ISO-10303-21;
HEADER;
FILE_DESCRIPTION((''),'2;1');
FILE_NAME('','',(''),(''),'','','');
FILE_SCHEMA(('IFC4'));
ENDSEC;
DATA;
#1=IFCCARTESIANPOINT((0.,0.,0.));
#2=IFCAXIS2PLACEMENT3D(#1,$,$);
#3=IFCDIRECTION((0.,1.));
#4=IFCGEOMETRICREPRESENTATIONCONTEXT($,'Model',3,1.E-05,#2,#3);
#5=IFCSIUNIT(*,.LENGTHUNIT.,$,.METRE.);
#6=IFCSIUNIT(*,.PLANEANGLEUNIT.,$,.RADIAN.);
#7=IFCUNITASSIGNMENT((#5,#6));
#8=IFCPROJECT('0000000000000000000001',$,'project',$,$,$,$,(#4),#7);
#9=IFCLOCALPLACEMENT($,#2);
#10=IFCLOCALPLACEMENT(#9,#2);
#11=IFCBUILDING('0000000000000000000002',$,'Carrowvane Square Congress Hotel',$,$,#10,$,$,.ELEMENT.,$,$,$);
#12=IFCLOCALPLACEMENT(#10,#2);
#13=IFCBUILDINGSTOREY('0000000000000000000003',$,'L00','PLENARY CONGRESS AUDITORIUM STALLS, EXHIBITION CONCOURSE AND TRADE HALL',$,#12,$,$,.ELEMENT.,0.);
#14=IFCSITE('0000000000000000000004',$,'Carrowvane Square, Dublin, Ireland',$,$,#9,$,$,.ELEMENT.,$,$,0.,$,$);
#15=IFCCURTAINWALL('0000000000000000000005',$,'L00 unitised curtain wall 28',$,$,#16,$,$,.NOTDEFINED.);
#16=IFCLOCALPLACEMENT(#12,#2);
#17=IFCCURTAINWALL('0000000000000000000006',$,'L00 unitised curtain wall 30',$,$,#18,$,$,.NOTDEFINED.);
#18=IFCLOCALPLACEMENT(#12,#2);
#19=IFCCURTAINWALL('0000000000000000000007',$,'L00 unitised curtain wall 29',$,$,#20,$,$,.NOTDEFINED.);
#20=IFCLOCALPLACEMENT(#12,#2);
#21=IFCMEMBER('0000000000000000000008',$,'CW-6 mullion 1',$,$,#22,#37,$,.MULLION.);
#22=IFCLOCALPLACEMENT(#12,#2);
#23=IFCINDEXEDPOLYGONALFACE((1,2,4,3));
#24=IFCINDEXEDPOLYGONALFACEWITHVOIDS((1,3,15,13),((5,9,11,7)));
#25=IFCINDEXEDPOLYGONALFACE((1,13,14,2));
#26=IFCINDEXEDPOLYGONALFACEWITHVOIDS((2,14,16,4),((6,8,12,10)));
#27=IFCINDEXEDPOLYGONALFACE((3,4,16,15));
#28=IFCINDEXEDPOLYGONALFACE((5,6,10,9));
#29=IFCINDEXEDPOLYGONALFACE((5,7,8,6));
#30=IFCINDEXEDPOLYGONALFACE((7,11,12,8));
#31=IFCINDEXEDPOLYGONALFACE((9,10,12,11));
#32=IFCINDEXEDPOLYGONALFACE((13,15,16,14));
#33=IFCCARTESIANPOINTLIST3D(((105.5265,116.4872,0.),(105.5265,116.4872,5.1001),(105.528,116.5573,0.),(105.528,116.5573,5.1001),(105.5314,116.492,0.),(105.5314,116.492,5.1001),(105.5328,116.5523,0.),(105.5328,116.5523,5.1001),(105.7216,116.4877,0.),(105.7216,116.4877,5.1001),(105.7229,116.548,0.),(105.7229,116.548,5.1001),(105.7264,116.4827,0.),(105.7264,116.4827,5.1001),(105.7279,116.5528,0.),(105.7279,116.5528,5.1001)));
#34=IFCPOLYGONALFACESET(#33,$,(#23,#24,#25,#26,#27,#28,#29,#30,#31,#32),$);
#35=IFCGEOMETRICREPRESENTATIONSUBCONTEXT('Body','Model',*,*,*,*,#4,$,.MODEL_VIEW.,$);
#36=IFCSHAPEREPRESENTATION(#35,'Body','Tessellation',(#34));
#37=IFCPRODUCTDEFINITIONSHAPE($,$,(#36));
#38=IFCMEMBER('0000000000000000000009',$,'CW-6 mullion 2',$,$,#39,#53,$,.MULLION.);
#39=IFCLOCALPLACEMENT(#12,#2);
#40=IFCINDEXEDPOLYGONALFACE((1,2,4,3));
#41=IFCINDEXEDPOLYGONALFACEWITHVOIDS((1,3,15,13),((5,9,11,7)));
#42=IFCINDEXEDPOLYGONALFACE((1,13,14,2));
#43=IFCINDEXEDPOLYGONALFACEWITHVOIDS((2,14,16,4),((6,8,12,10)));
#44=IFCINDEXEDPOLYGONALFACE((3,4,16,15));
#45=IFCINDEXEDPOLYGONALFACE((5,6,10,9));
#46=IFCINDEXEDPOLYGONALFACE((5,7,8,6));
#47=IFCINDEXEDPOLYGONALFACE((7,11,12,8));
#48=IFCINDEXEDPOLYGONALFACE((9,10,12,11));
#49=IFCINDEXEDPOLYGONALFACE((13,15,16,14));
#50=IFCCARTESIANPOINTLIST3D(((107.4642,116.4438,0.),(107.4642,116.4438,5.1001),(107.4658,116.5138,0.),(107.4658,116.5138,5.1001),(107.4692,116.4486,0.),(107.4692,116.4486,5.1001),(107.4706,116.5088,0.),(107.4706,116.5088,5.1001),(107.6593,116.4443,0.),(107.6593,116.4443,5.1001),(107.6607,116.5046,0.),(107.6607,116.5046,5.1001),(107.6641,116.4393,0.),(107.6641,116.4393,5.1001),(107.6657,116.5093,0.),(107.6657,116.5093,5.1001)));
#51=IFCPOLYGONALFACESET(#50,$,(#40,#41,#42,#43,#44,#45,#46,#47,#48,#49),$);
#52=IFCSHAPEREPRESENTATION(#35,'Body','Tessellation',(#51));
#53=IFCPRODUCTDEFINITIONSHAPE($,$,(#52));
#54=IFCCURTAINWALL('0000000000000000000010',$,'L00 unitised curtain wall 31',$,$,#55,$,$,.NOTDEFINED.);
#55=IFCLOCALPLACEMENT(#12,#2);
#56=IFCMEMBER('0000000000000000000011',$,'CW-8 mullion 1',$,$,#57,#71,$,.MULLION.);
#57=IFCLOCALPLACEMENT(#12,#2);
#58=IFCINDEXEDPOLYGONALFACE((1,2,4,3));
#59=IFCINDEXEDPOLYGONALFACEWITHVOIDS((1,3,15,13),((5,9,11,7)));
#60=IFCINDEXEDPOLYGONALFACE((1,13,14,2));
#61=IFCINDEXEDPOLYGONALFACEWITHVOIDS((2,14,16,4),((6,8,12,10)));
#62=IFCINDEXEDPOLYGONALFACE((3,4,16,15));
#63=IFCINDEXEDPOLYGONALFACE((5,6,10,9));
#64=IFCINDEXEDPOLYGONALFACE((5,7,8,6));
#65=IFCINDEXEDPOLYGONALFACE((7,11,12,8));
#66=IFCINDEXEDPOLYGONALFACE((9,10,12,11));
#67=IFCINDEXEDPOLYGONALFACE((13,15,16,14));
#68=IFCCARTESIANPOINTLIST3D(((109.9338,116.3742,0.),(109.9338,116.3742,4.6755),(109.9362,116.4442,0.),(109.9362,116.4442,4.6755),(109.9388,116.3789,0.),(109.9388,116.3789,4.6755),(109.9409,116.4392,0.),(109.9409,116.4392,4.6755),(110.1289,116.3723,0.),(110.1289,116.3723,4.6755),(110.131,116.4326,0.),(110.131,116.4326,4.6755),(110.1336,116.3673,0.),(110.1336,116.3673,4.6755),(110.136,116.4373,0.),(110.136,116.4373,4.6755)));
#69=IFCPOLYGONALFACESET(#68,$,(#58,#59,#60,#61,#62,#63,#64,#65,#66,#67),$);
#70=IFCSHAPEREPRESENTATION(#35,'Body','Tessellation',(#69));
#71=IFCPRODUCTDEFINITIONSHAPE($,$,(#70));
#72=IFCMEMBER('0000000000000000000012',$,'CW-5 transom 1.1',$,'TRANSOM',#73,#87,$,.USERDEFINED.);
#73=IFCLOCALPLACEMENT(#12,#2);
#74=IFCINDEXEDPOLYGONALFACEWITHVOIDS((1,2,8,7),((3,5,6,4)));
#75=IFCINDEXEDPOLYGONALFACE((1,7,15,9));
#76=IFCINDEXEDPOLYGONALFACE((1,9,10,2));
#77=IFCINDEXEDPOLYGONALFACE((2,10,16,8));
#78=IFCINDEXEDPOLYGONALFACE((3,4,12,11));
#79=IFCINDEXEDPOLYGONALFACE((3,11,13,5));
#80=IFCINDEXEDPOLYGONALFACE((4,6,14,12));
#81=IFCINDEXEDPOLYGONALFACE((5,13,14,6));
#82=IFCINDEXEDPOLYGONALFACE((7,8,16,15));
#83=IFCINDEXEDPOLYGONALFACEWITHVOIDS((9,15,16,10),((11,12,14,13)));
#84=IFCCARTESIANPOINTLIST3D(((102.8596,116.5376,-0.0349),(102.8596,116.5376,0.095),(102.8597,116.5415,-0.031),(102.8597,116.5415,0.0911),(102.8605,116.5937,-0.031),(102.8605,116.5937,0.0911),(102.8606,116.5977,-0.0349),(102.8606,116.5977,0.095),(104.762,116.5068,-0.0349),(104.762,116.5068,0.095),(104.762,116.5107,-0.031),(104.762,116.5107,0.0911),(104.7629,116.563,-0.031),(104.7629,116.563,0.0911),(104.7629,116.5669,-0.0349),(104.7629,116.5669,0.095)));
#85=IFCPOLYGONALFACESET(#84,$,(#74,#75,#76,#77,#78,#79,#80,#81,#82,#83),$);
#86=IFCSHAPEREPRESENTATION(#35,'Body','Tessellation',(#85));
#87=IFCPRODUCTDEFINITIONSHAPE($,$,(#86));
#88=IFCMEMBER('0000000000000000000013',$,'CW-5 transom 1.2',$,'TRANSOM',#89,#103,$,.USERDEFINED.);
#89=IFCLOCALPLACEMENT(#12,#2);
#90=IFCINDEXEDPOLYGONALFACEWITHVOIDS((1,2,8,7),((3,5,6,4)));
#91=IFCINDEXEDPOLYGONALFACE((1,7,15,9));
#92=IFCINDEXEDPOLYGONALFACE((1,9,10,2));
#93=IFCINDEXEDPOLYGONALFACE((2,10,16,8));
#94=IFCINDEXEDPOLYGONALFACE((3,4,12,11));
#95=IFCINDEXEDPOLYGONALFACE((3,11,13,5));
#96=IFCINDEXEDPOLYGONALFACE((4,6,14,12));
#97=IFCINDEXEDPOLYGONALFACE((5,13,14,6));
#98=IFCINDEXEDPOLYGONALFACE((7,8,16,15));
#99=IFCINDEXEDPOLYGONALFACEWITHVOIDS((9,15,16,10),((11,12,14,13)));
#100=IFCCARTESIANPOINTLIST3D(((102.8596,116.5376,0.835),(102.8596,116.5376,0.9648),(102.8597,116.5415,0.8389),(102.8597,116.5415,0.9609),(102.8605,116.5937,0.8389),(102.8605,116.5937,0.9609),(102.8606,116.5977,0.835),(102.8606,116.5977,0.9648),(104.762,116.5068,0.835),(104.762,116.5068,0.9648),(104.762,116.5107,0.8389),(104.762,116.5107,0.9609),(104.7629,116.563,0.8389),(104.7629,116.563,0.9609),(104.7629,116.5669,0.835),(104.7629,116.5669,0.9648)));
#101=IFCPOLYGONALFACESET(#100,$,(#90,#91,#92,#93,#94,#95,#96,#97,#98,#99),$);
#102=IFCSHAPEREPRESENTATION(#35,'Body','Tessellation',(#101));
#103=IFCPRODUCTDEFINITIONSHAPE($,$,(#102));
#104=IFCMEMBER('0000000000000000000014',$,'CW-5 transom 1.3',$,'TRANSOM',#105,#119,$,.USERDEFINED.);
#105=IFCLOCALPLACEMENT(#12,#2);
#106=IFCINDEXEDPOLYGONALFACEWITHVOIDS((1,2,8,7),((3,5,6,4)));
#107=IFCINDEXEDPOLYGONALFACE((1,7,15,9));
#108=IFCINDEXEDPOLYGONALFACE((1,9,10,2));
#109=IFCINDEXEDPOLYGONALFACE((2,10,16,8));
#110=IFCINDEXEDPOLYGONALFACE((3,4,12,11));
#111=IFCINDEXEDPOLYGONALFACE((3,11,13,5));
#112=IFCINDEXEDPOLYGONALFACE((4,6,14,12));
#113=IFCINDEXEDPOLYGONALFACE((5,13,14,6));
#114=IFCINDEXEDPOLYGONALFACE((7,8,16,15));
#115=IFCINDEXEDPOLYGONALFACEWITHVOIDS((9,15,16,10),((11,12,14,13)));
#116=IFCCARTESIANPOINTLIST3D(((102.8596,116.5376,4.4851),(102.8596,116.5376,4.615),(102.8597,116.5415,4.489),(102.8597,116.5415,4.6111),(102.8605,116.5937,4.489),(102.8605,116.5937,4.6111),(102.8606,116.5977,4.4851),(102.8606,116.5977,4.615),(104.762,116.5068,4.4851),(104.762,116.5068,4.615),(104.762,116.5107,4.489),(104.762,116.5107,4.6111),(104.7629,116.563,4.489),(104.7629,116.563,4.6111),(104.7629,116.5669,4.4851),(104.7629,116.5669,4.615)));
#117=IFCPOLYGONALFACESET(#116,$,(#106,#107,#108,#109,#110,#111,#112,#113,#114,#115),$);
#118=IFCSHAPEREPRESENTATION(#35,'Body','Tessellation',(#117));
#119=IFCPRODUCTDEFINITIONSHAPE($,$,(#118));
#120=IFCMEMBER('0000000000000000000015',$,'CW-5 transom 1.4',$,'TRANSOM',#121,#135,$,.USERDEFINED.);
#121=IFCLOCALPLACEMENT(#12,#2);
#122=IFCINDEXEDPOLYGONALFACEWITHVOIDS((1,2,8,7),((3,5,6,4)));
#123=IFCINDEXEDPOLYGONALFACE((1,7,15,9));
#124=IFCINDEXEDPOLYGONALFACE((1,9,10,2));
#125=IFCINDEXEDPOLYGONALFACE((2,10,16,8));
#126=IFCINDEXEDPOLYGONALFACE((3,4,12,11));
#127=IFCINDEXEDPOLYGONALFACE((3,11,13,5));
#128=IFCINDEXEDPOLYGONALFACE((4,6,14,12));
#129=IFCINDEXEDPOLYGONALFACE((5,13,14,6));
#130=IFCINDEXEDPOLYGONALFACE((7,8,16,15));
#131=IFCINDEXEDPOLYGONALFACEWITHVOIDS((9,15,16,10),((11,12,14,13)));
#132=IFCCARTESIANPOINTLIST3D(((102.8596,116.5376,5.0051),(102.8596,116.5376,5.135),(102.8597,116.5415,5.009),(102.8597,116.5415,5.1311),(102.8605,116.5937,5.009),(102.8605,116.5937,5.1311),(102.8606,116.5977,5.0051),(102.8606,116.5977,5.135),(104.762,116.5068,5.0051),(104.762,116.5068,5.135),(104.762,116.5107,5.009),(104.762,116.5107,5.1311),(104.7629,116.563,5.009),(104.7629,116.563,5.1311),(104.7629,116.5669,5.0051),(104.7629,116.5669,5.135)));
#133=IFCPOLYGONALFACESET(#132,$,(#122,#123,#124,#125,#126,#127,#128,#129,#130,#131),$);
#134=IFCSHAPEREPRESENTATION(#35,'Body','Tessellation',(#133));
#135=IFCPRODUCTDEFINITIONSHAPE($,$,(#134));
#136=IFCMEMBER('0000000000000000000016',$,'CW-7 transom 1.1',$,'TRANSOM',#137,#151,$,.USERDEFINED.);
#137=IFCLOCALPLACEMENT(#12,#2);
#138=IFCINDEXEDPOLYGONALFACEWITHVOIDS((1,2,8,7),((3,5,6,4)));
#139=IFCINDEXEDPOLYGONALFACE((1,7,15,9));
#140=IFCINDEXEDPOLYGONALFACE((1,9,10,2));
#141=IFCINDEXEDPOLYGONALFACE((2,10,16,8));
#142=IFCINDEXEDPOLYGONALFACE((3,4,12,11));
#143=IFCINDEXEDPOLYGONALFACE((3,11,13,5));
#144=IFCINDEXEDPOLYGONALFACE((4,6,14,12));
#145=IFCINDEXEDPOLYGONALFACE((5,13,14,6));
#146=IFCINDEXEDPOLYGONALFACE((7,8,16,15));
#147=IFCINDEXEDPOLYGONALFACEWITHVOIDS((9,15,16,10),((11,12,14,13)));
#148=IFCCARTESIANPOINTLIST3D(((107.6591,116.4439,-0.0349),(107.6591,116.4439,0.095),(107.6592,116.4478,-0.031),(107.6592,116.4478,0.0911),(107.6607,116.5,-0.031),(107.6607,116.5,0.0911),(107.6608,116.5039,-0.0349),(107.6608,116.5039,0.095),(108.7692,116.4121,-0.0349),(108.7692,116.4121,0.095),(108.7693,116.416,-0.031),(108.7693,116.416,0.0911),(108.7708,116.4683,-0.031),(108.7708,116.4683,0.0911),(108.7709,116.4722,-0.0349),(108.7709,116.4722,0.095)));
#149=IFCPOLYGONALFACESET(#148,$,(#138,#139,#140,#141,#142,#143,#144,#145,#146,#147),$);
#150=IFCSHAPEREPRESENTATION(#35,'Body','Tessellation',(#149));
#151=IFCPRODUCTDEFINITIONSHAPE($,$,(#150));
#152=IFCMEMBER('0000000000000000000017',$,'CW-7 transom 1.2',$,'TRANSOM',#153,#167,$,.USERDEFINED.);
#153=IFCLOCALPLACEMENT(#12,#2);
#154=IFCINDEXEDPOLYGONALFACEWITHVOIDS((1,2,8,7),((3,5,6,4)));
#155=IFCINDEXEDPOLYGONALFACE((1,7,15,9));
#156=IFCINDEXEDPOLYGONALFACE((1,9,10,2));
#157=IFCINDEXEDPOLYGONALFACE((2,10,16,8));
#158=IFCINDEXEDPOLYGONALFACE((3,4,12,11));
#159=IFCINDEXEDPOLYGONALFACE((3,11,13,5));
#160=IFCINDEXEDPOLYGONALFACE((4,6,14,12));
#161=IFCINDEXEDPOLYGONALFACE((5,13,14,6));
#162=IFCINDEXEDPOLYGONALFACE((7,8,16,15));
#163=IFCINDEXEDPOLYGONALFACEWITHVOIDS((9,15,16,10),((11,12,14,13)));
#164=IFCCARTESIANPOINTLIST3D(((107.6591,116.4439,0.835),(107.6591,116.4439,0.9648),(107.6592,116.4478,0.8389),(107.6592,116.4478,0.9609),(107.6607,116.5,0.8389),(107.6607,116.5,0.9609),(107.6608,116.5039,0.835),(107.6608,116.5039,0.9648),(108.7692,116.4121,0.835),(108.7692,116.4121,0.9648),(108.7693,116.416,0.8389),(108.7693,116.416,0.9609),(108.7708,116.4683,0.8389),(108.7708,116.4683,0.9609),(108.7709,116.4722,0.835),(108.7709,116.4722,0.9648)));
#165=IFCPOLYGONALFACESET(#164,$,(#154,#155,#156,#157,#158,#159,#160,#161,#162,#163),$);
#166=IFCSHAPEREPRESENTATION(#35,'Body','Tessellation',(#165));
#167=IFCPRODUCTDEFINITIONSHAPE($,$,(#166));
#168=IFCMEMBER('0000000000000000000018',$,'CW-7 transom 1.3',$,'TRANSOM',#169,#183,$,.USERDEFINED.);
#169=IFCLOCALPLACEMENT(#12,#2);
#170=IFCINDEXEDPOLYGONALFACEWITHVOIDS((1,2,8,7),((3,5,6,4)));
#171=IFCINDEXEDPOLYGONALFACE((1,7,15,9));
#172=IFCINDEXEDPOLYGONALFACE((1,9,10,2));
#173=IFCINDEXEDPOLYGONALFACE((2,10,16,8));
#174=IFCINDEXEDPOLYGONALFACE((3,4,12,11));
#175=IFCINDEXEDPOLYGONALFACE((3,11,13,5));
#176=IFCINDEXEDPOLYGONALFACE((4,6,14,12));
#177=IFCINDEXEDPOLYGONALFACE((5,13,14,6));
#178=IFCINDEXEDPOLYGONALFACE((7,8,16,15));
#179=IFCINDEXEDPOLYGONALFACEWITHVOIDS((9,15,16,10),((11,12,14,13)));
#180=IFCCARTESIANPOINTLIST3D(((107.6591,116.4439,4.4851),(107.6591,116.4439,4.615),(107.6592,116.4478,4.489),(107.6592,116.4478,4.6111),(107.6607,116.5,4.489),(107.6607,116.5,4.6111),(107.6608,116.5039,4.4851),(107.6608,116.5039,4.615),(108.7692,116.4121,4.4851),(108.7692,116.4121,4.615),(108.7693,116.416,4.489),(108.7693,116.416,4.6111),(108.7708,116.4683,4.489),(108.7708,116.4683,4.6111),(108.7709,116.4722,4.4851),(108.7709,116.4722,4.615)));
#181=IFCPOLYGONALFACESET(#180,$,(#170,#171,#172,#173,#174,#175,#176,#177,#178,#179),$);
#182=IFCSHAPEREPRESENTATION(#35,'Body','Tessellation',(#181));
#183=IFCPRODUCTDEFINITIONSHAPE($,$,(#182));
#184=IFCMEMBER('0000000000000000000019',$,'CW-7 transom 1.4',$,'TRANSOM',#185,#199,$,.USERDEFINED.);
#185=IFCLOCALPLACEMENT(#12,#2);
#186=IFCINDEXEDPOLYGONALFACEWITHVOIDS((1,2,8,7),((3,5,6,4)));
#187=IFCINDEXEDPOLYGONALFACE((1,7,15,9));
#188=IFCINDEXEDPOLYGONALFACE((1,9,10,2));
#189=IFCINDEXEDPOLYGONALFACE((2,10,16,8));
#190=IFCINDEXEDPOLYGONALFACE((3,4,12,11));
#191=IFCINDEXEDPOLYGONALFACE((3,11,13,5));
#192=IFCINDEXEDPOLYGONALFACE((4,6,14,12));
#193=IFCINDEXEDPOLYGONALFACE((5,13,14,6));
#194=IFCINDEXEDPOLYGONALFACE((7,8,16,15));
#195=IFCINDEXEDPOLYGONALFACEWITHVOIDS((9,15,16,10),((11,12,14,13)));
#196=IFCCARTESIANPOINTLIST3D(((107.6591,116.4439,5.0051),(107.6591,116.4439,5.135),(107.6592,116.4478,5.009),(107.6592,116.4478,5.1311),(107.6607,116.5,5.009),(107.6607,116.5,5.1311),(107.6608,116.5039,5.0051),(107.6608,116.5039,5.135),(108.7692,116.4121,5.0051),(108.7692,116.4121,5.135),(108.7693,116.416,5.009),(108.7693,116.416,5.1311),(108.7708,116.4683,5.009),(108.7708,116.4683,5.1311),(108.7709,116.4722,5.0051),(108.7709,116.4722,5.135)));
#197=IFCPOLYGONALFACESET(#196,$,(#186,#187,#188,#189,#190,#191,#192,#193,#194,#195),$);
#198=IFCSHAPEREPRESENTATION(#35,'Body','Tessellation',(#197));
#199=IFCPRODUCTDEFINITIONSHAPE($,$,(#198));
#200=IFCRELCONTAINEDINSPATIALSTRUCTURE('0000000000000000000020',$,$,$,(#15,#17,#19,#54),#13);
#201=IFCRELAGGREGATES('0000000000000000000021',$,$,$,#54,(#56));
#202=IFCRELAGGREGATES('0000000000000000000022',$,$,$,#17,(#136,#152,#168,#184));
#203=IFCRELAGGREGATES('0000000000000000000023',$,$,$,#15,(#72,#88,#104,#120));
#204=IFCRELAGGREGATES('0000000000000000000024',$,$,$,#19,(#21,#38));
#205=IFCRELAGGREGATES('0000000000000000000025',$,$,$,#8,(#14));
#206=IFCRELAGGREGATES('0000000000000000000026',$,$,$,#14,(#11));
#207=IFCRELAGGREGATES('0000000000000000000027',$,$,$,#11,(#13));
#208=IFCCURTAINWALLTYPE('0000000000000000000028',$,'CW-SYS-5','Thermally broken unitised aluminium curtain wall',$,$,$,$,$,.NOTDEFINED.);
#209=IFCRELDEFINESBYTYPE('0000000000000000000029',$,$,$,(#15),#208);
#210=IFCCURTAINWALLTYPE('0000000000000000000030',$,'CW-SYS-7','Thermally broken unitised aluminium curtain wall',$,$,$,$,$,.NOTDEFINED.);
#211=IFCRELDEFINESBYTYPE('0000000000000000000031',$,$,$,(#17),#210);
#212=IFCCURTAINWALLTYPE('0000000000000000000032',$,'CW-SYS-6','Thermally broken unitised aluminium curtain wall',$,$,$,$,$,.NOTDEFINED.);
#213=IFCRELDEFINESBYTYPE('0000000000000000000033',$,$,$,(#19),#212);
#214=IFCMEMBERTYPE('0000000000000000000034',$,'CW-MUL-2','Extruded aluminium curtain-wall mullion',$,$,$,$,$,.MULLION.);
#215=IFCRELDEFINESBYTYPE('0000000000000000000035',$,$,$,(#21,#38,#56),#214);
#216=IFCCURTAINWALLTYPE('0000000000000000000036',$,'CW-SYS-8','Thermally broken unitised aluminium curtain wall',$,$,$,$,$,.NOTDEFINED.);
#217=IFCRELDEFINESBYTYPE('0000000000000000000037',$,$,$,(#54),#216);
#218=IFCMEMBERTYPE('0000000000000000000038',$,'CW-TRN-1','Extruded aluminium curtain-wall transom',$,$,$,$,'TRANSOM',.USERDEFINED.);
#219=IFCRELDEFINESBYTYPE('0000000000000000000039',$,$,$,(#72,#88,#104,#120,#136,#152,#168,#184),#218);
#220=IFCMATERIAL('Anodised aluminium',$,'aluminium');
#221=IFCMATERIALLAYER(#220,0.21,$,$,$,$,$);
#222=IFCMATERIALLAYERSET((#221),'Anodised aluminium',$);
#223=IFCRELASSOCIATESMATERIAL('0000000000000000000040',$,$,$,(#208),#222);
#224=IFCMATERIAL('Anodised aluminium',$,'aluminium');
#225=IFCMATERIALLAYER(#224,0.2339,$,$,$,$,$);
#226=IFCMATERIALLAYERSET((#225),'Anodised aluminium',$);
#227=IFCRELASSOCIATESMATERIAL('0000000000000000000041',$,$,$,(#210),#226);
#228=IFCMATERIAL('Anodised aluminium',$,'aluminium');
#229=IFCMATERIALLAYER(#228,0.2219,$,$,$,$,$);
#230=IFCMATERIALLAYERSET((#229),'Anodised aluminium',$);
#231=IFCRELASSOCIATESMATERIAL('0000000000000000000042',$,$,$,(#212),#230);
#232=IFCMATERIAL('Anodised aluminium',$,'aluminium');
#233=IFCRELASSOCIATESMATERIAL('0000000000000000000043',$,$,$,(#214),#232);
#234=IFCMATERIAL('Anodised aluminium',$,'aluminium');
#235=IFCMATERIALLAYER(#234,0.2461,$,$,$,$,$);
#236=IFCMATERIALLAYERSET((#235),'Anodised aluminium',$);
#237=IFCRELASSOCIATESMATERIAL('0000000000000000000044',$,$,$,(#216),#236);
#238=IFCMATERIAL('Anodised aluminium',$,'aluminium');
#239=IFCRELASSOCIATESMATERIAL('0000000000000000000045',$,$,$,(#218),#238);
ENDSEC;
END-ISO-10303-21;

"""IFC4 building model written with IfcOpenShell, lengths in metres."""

from ifc_helpers import new_model, si_unit, direction, frame, origin, origin_2d, place, context, subcontext, project, spatial, hollow_rectangle, extrude, material, layer, layer_set, material_profile, profile_set, type_object, element, aggregate, save


model = new_model("IFC4")

# Units and contexts
model_context = context("Model", 3, precision=1e-05, world=origin(), true_north=direction((0.0, 1.0)))
body_context = subcontext(model_context, "Body", "Model", "MODEL_VIEW")
ifc_project = project(units=[si_unit("LENGTHUNIT", "METRE"), si_unit("PLANEANGLEUNIT", "RADIAN")], contexts=[model_context])

# Site, building, storey
site_placement = place(None, origin())
site = spatial("IfcSite", under=ifc_project, at=site_placement, Name="Carrowvane Square, Dublin, Ireland", CompositionType="ELEMENT", RefElevation=0.0)
building_placement = place(site_placement, origin())
building = spatial("IfcBuilding", under=site, at=building_placement, Name="Carrowvane Square Congress Hotel", CompositionType="ELEMENT")
storey_placement = place(building_placement, origin())
storey = spatial("IfcBuildingStorey", under=building, at=storey_placement, Name="L00", Description="PLENARY CONGRESS AUDITORIUM STALLS, EXHIBITION CONCOURSE AND TRADE HALL", CompositionType="ELEMENT", Elevation=0.0)

# Curtain wall
ifc_material_1 = material(Name="Anodised aluminium", Category="aluminium")
ifc_layer_1 = layer(ifc_material_1, 0.21)
ifc_layer_set_1 = layer_set([ifc_layer_1], Name="Anodised aluminium")
curtain_wall_type_1 = type_object("IfcCurtainWallType", Name="CW-SYS-5", Description="Thermally broken unitised aluminium curtain wall", PredefinedType="NOTDEFINED", material=ifc_layer_set_1)
curtain_wall_1_placement = place(storey_placement, origin())
curtain_wall_1 = element("IfcCurtainWall", 1, at=curtain_wall_1_placement, inside=storey, type_object=curtain_wall_type_1, Name="L00 unitised curtain wall 28", PredefinedType="NOTDEFINED")

# Curtain walls, members
ifc_material_2 = material(Name="Anodised aluminium", Category="aluminium")
ifc_layer_2 = layer(ifc_material_2, 0.2339)
ifc_layer_set_2 = layer_set([ifc_layer_2], Name="Anodised aluminium")
curtain_wall_type_2 = type_object("IfcCurtainWallType", Name="CW-SYS-7", Description="Thermally broken unitised aluminium curtain wall", PredefinedType="NOTDEFINED", material=ifc_layer_set_2)
curtain_wall_2_placement = place(storey_placement, origin())
curtain_wall_2 = element("IfcCurtainWall", 2, at=curtain_wall_2_placement, inside=storey, type_object=curtain_wall_type_2, Name="L00 unitised curtain wall 30", PredefinedType="NOTDEFINED")
ifc_material_3 = material(Name="Anodised aluminium", Category="aluminium")
ifc_layer_3 = layer(ifc_material_3, 0.2219)
ifc_layer_set_3 = layer_set([ifc_layer_3], Name="Anodised aluminium")
curtain_wall_type_3 = type_object("IfcCurtainWallType", Name="CW-SYS-6", Description="Thermally broken unitised aluminium curtain wall", PredefinedType="NOTDEFINED", material=ifc_layer_set_3)
curtain_wall_3_placement = place(storey_placement, origin())
curtain_wall_3 = element("IfcCurtainWall", 3, at=curtain_wall_3_placement, inside=storey, type_object=curtain_wall_type_3, Name="L00 unitised curtain wall 29", PredefinedType="NOTDEFINED")
ifc_material_4 = material(Name="Anodised aluminium", Category="aluminium")
ifc_material_profile_1 = material_profile(ifc_material_4, hollow_rectangle(XDim=0.0701, YDim=0.2, WallThickness=0.0049, at=origin_2d()), Name="CW-ML 70x200x5")
ifc_profile_set_1 = profile_set([ifc_material_profile_1], Name="Anodised aluminium")
member_type_1 = type_object("IfcMemberType", Name="CW-MUL-2", Description="Extruded aluminium curtain-wall mullion", PredefinedType="MULLION", material=ifc_profile_set_1)
member_1_placement = place(storey_placement, frame((105.6272, 116.52, 0.0), z_axis=(0.0, 0.0, 1.0), x_axis=(0.022518, 0.999746, 0.0)))
member_1 = element("IfcMember", 4, at=member_1_placement, type_object=member_type_1, Name="CW-6 mullion 1", PredefinedType="MULLION", context=body_context, shape_type="SweptSolid", body=[
    extrude(hollow_rectangle(XDim=0.0701, YDim=0.2, WallThickness=0.0049, at=origin_2d()), origin(), (0.0, 0.0, 1.0), 5.1001),
])
member_2_placement = place(storey_placement, frame((107.5649, 116.4766, 0.0), z_axis=(0.0, 0.0, 1.0), x_axis=(0.022518, 0.999746, 0.0)))
member_2 = element("IfcMember", 5, at=member_2_placement, type_object=member_type_1, Name="CW-6 mullion 2", PredefinedType="MULLION", context=body_context, shape_type="SweptSolid", body=[
    extrude(hollow_rectangle(XDim=0.0701, YDim=0.2, WallThickness=0.0049, at=origin_2d()), origin(), (0.0, 0.0, 1.0), 5.1001),
])

# Curtain wall, member
ifc_material_5 = material(Name="Anodised aluminium", Category="aluminium")
ifc_layer_4 = layer(ifc_material_5, 0.2461)
ifc_layer_set_4 = layer_set([ifc_layer_4], Name="Anodised aluminium")
curtain_wall_type_4 = type_object("IfcCurtainWallType", Name="CW-SYS-8", Description="Thermally broken unitised aluminium curtain wall", PredefinedType="NOTDEFINED", material=ifc_layer_set_4)
curtain_wall_4_placement = place(storey_placement, origin())
curtain_wall_4 = element("IfcCurtainWall", 6, at=curtain_wall_4_placement, inside=storey, type_object=curtain_wall_type_4, Name="L00 unitised curtain wall 31", PredefinedType="NOTDEFINED")
member_3_placement = place(storey_placement, frame((110.0349, 116.4058, 0.0), z_axis=(0.0, 0.0, 1.0), x_axis=(0.03453, 0.999404, 0.0)))
member_3 = element("IfcMember", 7, at=member_3_placement, type_object=member_type_1, Name="CW-8 mullion 1", PredefinedType="MULLION", context=body_context, shape_type="SweptSolid", body=[
    extrude(hollow_rectangle(XDim=0.0701, YDim=0.2, WallThickness=0.0049, at=origin_2d()), origin(), (0.0, 0.0, 1.0), 4.6755),
])
aggregate(curtain_wall_4, [member_3])

# Members
ifc_material_6 = material(Name="Anodised aluminium", Category="aluminium")
ifc_material_profile_2 = material_profile(ifc_material_6, hollow_rectangle(XDim=0.0601, YDim=0.1299, WallThickness=0.0039, at=origin_2d()), Name="CW-TR 60x130x4")
ifc_profile_set_2 = profile_set([ifc_material_profile_2], Name="Anodised aluminium")
member_type_2 = type_object("IfcMemberType", Name="CW-TRN-1", Description="Extruded aluminium curtain-wall transom", ElementType="TRANSOM", PredefinedType="USERDEFINED", material=ifc_profile_set_2)
member_4_placement = place(storey_placement, frame((102.8601, 116.5676, 0.03), z_axis=(0.999869, -0.016168, 0.0), x_axis=(0.016168, 0.999869, 0.0)))
member_4 = element("IfcMember", 8, at=member_4_placement, type_object=member_type_2, Name="CW-5 transom 1.1", ObjectType="TRANSOM", PredefinedType="USERDEFINED", context=body_context, shape_type="SweptSolid", body=[
    extrude(hollow_rectangle(XDim=0.0601, YDim=0.1299, WallThickness=0.0039, at=origin_2d()), origin(), (0.0, 0.0, 1.0), 1.9026),
])
member_5_placement = place(storey_placement, frame((102.8601, 116.5676, 0.8999), z_axis=(0.999869, -0.016168, 0.0), x_axis=(0.016168, 0.999869, 0.0)))
member_5 = element("IfcMember", 9, at=member_5_placement, type_object=member_type_2, Name="CW-5 transom 1.2", ObjectType="TRANSOM", PredefinedType="USERDEFINED", context=body_context, shape_type="SweptSolid", body=[
    extrude(hollow_rectangle(XDim=0.0601, YDim=0.1299, WallThickness=0.0039, at=origin_2d()), origin(), (0.0, 0.0, 1.0), 1.9026),
])
member_6_placement = place(storey_placement, frame((102.8601, 116.5676, 4.55), z_axis=(0.999869, -0.016168, 0.0), x_axis=(0.016168, 0.999869, 0.0)))
member_6 = element("IfcMember", 10, at=member_6_placement, type_object=member_type_2, Name="CW-5 transom 1.3", ObjectType="TRANSOM", PredefinedType="USERDEFINED", context=body_context, shape_type="SweptSolid", body=[
    extrude(hollow_rectangle(XDim=0.0601, YDim=0.1299, WallThickness=0.0039, at=origin_2d()), origin(), (0.0, 0.0, 1.0), 1.9026),
])
member_7_placement = place(storey_placement, frame((102.8601, 116.5676, 5.0701), z_axis=(0.999869, -0.016168, 0.0), x_axis=(0.016168, 0.999869, 0.0)))
member_7 = element("IfcMember", 11, at=member_7_placement, type_object=member_type_2, Name="CW-5 transom 1.4", ObjectType="TRANSOM", PredefinedType="USERDEFINED", context=body_context, shape_type="SweptSolid", body=[
    extrude(hollow_rectangle(XDim=0.0601, YDim=0.1299, WallThickness=0.0039, at=origin_2d()), origin(), (0.0, 0.0, 1.0), 1.9026),
])
member_8_placement = place(storey_placement, frame((107.6599, 116.4739, 0.03), z_axis=(0.999592, -0.028579, 0.0), x_axis=(0.028579, 0.999592, 0.0)))
member_8 = element("IfcMember", 12, at=member_8_placement, type_object=member_type_2, Name="CW-7 transom 1.1", ObjectType="TRANSOM", PredefinedType="USERDEFINED", context=body_context, shape_type="SweptSolid", body=[
    extrude(hollow_rectangle(XDim=0.0601, YDim=0.1299, WallThickness=0.0039, at=origin_2d()), origin(), (0.0, 0.0, 1.0), 1.1106),
])
member_9_placement = place(storey_placement, frame((107.6599, 116.4739, 0.8999), z_axis=(0.999592, -0.028579, 0.0), x_axis=(0.028579, 0.999592, 0.0)))
member_9 = element("IfcMember", 13, at=member_9_placement, type_object=member_type_2, Name="CW-7 transom 1.2", ObjectType="TRANSOM", PredefinedType="USERDEFINED", context=body_context, shape_type="SweptSolid", body=[
    extrude(hollow_rectangle(XDim=0.0601, YDim=0.1299, WallThickness=0.0039, at=origin_2d()), origin(), (0.0, 0.0, 1.0), 1.1106),
])
member_10_placement = place(storey_placement, frame((107.6599, 116.4739, 4.55), z_axis=(0.999592, -0.028579, 0.0), x_axis=(0.028579, 0.999592, 0.0)))
member_10 = element("IfcMember", 14, at=member_10_placement, type_object=member_type_2, Name="CW-7 transom 1.3", ObjectType="TRANSOM", PredefinedType="USERDEFINED", context=body_context, shape_type="SweptSolid", body=[
    extrude(hollow_rectangle(XDim=0.0601, YDim=0.1299, WallThickness=0.0039, at=origin_2d()), origin(), (0.0, 0.0, 1.0), 1.1106),
])
member_11_placement = place(storey_placement, frame((107.6599, 116.4739, 5.0701), z_axis=(0.999592, -0.028579, 0.0), x_axis=(0.028579, 0.999592, 0.0)))
member_11 = element("IfcMember", 15, at=member_11_placement, type_object=member_type_2, Name="CW-7 transom 1.4", ObjectType="TRANSOM", PredefinedType="USERDEFINED", context=body_context, shape_type="SweptSolid", body=[
    extrude(hollow_rectangle(XDim=0.0601, YDim=0.1299, WallThickness=0.0039, at=origin_2d()), origin(), (0.0, 0.0, 1.0), 1.1106),
])

aggregate(curtain_wall_2, [member_8, member_9, member_10, member_11])
aggregate(curtain_wall_1, [member_4, member_5, member_6, member_7])
aggregate(curtain_wall_3, [member_1, member_2])

save(model, "model.ifc")
